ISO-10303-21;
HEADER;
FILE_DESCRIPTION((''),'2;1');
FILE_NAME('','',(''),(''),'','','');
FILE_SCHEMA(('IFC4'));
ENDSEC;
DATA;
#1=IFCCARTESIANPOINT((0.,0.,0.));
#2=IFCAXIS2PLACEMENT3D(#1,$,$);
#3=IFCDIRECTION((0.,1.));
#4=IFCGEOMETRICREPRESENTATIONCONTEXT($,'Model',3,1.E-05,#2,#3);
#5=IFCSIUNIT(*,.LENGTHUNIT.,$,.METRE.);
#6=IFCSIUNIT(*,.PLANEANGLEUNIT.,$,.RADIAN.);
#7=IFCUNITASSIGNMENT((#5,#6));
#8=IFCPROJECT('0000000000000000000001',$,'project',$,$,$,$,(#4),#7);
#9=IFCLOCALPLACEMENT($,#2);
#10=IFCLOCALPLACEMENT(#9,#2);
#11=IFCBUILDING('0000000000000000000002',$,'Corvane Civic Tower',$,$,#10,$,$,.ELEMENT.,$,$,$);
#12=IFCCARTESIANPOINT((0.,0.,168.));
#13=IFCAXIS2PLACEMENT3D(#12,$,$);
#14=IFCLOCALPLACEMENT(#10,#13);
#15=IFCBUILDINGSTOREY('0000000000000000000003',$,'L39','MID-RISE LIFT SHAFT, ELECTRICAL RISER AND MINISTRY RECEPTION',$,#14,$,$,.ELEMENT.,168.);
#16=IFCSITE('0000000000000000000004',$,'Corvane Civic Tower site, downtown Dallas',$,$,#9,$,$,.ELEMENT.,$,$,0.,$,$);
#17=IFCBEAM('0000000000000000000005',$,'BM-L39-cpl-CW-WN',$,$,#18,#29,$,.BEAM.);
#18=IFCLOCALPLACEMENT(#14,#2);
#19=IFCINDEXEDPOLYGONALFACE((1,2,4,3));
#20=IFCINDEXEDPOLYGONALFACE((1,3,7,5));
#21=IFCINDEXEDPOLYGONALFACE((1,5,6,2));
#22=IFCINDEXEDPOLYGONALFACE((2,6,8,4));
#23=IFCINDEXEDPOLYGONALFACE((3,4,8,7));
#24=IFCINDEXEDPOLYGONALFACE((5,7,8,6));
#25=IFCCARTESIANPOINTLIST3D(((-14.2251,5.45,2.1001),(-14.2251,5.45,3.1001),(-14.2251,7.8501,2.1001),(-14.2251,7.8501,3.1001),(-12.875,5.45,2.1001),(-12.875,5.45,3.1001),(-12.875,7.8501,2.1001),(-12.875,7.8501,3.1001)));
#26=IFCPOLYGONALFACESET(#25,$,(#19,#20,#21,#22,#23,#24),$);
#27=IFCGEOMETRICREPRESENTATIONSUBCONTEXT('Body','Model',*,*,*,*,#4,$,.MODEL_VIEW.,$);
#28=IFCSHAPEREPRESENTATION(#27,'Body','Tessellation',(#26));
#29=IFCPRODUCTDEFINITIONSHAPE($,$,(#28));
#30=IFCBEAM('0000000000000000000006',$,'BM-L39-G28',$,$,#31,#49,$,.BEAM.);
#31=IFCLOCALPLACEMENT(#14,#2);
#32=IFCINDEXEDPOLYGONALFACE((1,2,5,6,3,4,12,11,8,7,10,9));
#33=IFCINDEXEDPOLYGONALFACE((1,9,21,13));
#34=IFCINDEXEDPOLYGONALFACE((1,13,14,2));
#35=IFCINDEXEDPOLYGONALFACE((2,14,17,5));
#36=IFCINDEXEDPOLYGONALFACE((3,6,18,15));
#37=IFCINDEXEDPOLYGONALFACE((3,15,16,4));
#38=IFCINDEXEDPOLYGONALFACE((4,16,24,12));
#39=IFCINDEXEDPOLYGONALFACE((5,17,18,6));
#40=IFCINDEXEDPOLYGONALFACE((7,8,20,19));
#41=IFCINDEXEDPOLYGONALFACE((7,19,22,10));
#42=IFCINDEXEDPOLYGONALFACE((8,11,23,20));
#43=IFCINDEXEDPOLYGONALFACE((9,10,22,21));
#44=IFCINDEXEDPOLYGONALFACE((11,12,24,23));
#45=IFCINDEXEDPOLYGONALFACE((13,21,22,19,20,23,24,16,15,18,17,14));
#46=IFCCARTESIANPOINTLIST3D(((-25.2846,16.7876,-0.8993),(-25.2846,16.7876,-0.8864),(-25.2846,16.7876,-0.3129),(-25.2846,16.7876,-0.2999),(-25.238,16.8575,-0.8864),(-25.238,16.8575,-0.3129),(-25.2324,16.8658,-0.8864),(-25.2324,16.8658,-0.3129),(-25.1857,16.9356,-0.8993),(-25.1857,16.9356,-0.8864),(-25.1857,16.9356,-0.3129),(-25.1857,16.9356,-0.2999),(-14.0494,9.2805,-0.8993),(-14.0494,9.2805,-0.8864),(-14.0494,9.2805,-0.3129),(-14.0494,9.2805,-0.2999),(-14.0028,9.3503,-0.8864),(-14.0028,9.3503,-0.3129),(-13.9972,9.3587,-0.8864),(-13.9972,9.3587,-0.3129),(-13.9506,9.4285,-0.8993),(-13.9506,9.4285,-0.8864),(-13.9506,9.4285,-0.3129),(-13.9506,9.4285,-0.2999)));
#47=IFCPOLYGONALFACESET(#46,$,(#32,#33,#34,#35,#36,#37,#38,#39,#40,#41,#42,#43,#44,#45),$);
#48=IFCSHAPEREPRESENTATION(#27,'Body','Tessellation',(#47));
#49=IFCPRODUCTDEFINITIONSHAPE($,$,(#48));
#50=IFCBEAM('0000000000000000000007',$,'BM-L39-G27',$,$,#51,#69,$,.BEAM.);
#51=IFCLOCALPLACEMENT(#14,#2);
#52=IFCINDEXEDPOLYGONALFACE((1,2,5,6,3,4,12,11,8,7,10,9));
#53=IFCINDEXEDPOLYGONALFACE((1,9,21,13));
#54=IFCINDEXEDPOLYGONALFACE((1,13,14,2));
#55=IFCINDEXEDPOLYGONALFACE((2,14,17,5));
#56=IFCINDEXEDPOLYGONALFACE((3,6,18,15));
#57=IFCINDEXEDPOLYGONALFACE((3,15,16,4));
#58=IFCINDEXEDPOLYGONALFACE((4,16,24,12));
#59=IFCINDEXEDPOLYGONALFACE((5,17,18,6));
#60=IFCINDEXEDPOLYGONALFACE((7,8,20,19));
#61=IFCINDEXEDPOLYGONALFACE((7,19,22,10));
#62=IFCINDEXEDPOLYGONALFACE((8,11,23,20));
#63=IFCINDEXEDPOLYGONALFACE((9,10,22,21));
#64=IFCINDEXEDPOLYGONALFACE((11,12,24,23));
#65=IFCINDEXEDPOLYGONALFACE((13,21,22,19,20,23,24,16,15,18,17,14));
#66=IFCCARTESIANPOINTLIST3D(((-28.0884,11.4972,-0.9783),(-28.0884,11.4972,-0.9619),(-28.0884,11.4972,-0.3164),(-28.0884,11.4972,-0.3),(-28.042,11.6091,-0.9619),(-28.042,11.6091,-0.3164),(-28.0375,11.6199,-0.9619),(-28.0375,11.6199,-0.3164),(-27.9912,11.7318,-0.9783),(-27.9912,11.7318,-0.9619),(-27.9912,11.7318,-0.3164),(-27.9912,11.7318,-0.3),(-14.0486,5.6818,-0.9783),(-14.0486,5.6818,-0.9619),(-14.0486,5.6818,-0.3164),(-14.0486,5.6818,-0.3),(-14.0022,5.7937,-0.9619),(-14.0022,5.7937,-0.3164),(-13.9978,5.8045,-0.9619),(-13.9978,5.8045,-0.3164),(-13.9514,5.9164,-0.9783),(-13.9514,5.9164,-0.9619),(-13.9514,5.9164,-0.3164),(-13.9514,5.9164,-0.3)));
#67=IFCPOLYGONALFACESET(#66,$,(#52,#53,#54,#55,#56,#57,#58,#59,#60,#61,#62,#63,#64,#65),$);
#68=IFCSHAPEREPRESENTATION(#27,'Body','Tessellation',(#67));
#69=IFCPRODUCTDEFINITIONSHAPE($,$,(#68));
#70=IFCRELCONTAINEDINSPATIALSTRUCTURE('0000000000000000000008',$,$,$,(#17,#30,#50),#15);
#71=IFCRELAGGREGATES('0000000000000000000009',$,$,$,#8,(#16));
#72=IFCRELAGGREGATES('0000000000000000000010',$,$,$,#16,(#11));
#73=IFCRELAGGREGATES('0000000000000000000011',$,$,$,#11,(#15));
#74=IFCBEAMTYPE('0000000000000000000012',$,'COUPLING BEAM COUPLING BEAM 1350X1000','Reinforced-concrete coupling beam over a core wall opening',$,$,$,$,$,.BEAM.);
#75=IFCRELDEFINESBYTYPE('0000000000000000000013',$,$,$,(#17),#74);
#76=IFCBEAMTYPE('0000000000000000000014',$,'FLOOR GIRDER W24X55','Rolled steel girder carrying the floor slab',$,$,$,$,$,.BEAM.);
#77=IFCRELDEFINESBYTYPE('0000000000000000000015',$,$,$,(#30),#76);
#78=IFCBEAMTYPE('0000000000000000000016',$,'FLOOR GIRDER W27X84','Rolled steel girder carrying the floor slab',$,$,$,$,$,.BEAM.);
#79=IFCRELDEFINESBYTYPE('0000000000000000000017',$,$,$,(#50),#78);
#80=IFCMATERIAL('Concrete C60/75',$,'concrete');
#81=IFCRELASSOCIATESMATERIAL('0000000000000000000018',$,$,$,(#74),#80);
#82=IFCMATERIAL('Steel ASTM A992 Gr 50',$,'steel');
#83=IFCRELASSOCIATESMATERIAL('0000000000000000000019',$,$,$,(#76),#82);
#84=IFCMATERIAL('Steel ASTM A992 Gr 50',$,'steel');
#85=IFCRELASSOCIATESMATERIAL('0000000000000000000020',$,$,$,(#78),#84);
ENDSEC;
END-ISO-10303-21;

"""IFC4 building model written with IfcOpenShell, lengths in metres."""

from ifc_helpers import new_model, si_unit, direction, frame, origin, origin_2d, place, context, subcontext, project, spatial, rectangle, i_section, extrude, material, material_profile, profile_set, type_object, element, save


model = new_model("IFC4")

# Units and contexts
model_context = context("Model", 3, precision=1e-05, world=origin(), true_north=direction((0.0, 1.0)))
body_context = subcontext(model_context, "Body", "Model", "MODEL_VIEW")
ifc_project = project(units=[si_unit("LENGTHUNIT", "METRE"), si_unit("PLANEANGLEUNIT", "RADIAN")], contexts=[model_context])

# Site, building, storey
site_placement = place(None, origin())
site = spatial("IfcSite", under=ifc_project, at=site_placement, Name="Corvane Civic Tower site, downtown Dallas", CompositionType="ELEMENT", RefElevation=0.0)
building_placement = place(site_placement, origin())
building = spatial("IfcBuilding", under=site, at=building_placement, Name="Corvane Civic Tower", CompositionType="ELEMENT")
storey_placement = place(building_placement, frame((0.0, 0.0, 168.0)))
storey = spatial("IfcBuildingStorey", under=building, at=storey_placement, Name="L39", Description="MID-RISE LIFT SHAFT, ELECTRICAL RISER AND MINISTRY RECEPTION", CompositionType="ELEMENT", Elevation=168.0)

# Beams
ifc_material_1 = material(Name="Concrete C60/75", Category="concrete")
ifc_material_profile_1 = material_profile(ifc_material_1, rectangle(XDim=1.3501, YDim=1.0, at=origin_2d()), Name="COUPLING BEAM 1350X1000")
ifc_profile_set_1 = profile_set([ifc_material_profile_1], Name="Concrete C60/75")
beam_type_1 = type_object("IfcBeamType", Name="COUPLING BEAM COUPLING BEAM 1350X1000", Description="Reinforced-concrete coupling beam over a core wall opening", PredefinedType="BEAM", material=ifc_profile_set_1)
beam_1_placement = place(storey_placement, frame((-13.55, 5.45, 2.6001), z_axis=(0.0, 1.0, 0.0), x_axis=(-1.0, 0.0, 0.0)))
element("IfcBeam", 1, at=beam_1_placement, inside=storey, type_object=beam_type_1, Name="BM-L39-cpl-CW-WN", PredefinedType="BEAM", context=body_context, shape_type="SweptSolid", body=[
    extrude(rectangle(XDim=1.3501, YDim=1.0, at=origin_2d()), origin(), (0.0, 0.0, 1.0), 2.4001),
])
ifc_material_2 = material(Name="Steel ASTM A992 Gr 50", Category="steel")
ifc_material_profile_2 = material_profile(ifc_material_2, i_section(OverallWidth=0.178, OverallDepth=0.5994, WebThickness=0.01, FlangeThickness=0.0129, at=origin_2d()), Name="W24X55")
ifc_profile_set_2 = profile_set([ifc_material_profile_2], Name="Steel ASTM A992 Gr 50")
beam_type_2 = type_object("IfcBeamType", Name="FLOOR GIRDER W24X55", Description="Rolled steel girder carrying the floor slab", PredefinedType="BEAM", material=ifc_profile_set_2)
beam_2_placement = place(storey_placement, frame((-14.0, 9.3545, -0.5996), z_axis=(-0.831469, 0.555571, 0.0), x_axis=(-0.555571, -0.831469, 0.0)))
element("IfcBeam", 2, at=beam_2_placement, inside=storey, type_object=beam_type_2, Name="BM-L39-G28", PredefinedType="BEAM", context=body_context, shape_type="SweptSolid", body=[
    extrude(i_section(OverallWidth=0.178, OverallDepth=0.5994, WebThickness=0.01, FlangeThickness=0.0129, at=origin_2d()), origin(), (0.0, 0.0, 1.0), 13.5125),
])
ifc_material_3 = material(Name="Steel ASTM A992 Gr 50", Category="steel")
ifc_material_profile_3 = material_profile(ifc_material_3, i_section(OverallWidth=0.2539, OverallDepth=0.6782, WebThickness=0.0117, FlangeThickness=0.0164, at=origin_2d()), Name="W27X84")
ifc_profile_set_3 = profile_set([ifc_material_profile_3], Name="Steel ASTM A992 Gr 50")
beam_type_3 = type_object("IfcBeamType", Name="FLOOR GIRDER W27X84", Description="Rolled steel girder carrying the floor slab", PredefinedType="BEAM", material=ifc_profile_set_3)
beam_3_placement = place(storey_placement, frame((-14.0, 5.7991, -0.6392), z_axis=(-0.923881, 0.382681, 0.0), x_axis=(-0.382681, -0.923881, 0.0)))
element("IfcBeam", 3, at=beam_3_placement, inside=storey, type_object=beam_type_3, Name="BM-L39-G27", PredefinedType="BEAM", context=body_context, shape_type="SweptSolid", body=[
    extrude(i_section(OverallWidth=0.2539, OverallDepth=0.6782, WebThickness=0.0117, FlangeThickness=0.0164, at=origin_2d()), origin(), (0.0, 0.0, 1.0), 15.1965),
])

save(model, "model.ifc")
